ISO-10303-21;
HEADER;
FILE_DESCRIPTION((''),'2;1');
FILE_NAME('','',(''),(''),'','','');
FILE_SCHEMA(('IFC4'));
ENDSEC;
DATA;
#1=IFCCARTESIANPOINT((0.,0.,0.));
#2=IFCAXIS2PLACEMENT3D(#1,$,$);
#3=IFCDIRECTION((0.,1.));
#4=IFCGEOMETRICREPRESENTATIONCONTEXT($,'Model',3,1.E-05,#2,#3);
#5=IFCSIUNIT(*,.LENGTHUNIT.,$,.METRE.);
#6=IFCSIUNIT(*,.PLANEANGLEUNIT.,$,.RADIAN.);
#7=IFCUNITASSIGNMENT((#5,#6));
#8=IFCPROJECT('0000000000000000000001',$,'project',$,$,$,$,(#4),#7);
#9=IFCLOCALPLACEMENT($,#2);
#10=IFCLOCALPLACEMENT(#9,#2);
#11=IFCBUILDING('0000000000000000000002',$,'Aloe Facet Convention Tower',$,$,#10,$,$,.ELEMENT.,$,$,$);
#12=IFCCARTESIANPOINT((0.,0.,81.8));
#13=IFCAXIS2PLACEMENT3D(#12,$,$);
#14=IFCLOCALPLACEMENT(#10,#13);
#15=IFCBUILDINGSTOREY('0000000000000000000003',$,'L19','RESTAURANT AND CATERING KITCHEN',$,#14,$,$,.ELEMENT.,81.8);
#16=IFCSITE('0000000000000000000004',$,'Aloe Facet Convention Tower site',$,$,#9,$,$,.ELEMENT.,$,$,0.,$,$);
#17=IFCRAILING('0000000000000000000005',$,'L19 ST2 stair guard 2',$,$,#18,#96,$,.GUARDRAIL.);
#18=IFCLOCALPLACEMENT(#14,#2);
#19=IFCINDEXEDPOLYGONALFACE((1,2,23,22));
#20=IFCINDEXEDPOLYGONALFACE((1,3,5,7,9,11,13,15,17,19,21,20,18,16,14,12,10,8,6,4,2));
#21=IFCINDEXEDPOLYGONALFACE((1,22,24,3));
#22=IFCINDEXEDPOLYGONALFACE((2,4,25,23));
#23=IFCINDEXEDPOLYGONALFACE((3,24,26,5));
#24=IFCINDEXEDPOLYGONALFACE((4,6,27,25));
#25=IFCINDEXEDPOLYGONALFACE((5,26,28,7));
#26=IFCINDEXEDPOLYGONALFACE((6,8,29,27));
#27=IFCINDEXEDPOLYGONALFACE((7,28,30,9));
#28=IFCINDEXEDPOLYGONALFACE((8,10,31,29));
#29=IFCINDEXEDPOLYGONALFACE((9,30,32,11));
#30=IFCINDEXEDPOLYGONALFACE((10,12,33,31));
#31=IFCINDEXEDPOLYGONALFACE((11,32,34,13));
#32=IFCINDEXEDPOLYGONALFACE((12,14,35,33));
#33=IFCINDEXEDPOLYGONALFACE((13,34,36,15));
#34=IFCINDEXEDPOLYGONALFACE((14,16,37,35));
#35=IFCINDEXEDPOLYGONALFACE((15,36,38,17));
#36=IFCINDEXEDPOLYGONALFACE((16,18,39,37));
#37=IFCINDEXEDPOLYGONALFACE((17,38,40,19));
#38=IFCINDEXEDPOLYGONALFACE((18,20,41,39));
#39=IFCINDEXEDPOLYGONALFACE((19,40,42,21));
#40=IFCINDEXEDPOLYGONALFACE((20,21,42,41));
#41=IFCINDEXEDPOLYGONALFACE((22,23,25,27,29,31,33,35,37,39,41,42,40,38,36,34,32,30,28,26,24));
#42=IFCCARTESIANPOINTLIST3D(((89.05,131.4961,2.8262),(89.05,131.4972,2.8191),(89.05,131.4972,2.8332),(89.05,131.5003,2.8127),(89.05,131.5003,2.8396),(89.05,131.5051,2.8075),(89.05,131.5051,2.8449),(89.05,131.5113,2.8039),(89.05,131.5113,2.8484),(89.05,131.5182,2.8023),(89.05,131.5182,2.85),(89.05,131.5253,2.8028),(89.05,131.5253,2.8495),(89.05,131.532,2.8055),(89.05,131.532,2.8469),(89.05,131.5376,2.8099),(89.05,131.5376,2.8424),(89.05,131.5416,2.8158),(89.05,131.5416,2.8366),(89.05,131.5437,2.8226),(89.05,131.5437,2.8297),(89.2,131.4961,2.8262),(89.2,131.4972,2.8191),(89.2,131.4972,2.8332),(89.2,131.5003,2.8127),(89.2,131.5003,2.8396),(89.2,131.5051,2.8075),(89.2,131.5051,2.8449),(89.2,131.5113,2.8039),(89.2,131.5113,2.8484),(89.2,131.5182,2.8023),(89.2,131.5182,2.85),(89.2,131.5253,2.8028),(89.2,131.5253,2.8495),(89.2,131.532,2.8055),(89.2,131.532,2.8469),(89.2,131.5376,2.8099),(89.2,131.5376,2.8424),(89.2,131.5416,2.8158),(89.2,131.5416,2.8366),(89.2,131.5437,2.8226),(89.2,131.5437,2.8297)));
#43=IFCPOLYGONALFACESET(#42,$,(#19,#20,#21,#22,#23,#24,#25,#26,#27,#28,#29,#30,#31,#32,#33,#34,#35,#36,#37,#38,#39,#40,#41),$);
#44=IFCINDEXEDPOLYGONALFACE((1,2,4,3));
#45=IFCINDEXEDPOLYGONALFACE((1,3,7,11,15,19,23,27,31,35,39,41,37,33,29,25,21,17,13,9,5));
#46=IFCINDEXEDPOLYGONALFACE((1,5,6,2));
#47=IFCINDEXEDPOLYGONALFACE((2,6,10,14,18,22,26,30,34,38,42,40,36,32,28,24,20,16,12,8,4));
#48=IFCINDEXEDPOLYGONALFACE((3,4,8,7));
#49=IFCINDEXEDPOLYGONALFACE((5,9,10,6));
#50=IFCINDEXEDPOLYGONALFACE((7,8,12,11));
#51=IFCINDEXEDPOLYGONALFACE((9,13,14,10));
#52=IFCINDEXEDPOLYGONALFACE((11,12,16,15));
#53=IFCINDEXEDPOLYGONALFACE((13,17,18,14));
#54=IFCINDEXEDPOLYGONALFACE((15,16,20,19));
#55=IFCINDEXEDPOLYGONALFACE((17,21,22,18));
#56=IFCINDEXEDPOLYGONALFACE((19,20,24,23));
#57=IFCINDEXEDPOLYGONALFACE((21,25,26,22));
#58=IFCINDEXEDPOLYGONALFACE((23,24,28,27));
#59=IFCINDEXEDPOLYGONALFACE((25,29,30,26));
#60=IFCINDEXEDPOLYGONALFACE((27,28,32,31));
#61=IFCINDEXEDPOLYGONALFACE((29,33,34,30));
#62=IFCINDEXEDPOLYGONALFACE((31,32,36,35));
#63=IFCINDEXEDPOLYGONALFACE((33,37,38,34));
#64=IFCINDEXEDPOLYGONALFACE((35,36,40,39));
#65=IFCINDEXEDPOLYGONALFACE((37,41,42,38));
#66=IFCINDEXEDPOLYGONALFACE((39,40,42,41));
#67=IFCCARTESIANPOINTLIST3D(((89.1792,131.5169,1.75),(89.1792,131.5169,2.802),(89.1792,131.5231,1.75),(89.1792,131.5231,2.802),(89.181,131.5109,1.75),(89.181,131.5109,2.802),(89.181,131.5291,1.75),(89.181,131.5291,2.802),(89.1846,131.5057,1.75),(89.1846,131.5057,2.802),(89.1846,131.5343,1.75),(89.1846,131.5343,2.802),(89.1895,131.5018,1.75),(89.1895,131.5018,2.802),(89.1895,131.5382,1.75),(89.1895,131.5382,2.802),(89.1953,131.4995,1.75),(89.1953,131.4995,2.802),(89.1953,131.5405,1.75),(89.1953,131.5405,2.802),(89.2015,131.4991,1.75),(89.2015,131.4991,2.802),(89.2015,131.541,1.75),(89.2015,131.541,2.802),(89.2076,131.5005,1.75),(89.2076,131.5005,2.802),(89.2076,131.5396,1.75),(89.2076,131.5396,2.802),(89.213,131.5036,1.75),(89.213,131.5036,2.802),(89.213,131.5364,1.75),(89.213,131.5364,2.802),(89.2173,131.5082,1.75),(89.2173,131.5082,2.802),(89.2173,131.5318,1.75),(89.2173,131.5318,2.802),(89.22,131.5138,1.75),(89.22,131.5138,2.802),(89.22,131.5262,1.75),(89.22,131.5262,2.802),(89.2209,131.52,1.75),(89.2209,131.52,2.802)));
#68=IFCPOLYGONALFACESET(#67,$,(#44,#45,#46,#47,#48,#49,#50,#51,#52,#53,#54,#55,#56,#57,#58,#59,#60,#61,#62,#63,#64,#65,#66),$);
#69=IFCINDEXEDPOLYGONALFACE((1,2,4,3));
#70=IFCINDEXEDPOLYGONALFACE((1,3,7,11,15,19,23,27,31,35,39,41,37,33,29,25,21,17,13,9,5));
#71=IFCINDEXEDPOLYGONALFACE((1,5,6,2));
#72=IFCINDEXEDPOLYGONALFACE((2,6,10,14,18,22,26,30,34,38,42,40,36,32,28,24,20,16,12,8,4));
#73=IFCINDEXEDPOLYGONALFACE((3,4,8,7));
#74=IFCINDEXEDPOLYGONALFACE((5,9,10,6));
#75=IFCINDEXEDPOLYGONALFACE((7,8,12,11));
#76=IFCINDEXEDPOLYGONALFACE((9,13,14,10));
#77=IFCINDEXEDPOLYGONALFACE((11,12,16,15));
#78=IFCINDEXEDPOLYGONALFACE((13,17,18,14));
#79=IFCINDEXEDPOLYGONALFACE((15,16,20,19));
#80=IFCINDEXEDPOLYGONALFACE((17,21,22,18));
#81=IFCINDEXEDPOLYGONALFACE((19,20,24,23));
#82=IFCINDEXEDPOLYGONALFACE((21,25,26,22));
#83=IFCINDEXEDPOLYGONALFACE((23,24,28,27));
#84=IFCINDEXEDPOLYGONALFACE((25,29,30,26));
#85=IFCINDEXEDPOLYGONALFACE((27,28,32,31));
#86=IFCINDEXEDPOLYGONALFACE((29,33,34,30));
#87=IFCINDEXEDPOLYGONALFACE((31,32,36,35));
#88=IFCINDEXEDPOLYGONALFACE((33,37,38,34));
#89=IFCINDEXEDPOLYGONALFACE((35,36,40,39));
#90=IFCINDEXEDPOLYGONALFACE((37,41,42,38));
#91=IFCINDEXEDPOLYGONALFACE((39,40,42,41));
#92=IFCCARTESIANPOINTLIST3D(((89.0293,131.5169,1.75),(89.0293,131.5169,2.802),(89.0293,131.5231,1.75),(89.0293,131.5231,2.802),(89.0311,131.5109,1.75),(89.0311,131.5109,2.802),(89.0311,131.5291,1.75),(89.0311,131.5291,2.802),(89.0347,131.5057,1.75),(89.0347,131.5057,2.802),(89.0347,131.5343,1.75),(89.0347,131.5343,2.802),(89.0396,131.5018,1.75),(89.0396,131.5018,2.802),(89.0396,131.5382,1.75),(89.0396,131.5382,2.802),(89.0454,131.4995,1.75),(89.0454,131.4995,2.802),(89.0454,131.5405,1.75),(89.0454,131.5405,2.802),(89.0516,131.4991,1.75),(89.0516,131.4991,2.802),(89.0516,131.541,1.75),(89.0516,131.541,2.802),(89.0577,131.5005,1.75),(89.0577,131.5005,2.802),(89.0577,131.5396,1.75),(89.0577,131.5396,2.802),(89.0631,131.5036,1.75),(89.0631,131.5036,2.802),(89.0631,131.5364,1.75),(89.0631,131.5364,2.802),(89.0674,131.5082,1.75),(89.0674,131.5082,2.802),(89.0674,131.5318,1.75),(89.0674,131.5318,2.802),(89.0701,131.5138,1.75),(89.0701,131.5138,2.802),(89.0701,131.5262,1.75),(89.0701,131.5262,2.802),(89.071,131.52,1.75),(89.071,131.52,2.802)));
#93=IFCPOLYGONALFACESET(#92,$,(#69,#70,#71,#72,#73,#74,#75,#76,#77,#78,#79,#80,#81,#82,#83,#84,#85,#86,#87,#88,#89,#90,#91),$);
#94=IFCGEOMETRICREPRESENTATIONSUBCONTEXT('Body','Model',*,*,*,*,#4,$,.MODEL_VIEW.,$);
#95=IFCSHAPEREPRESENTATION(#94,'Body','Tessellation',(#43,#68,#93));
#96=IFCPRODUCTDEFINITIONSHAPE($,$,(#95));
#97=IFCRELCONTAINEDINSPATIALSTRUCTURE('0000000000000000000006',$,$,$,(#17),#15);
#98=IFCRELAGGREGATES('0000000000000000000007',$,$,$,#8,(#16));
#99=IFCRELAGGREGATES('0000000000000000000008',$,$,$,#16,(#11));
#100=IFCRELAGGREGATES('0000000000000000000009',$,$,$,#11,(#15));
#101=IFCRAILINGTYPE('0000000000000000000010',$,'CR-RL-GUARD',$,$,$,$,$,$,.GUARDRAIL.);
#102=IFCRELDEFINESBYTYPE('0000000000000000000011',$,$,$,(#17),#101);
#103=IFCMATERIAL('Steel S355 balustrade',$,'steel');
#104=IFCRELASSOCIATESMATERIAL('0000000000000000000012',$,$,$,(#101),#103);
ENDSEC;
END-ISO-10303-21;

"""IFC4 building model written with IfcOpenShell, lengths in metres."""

from ifc_helpers import new_model, si_unit, direction, frame, origin, origin_2d, place, context, subcontext, project, spatial, circle, extrude, material, type_object, element, save


model = new_model("IFC4")

# Units and contexts
model_context = context("Model", 3, precision=1e-05, world=origin(), true_north=direction((0.0, 1.0)))
body_context = subcontext(model_context, "Body", "Model", "MODEL_VIEW")
ifc_project = project(units=[si_unit("LENGTHUNIT", "METRE"), si_unit("PLANEANGLEUNIT", "RADIAN")], contexts=[model_context])

# Site, building, storey
site_placement = place(None, origin())
site = spatial("IfcSite", under=ifc_project, at=site_placement, Name="Aloe Facet Convention Tower site", CompositionType="ELEMENT", RefElevation=0.0)
building_placement = place(site_placement, origin())
building = spatial("IfcBuilding", under=site, at=building_placement, Name="Aloe Facet Convention Tower", CompositionType="ELEMENT")
storey_placement = place(building_placement, frame((0.0, 0.0, 81.8)))
storey = spatial("IfcBuildingStorey", under=building, at=storey_placement, Name="L19", Description="RESTAURANT AND CATERING KITCHEN", CompositionType="ELEMENT", Elevation=81.8)

# Railing
ifc_material_1 = material(Name="Steel S355 balustrade", Category="steel")
railing_type_1 = type_object("IfcRailingType", Name="CR-RL-GUARD", PredefinedType="GUARDRAIL", material=ifc_material_1)
railing_1_placement = place(storey_placement, frame((89.2, 131.52, 1.75)))
element("IfcRailing", 1, at=railing_1_placement, inside=storey, type_object=railing_type_1, Name="L19 ST2 stair guard 2", PredefinedType="GUARDRAIL", context=body_context, shape_type="SweptSolid", body=[
    extrude(circle(Radius=0.0239, at=origin_2d()), frame((0.0, 0.0, 1.0762), z_axis=(-1.0, 0.0, 0.0), x_axis=(0.0, -1.0, 0.0)), (0.0, 0.0, 1.0), 0.1499),
    extrude(circle(Radius=0.021, at=origin_2d()), origin(), (0.0, 0.0, 1.0), 1.052),
    extrude(circle(Radius=0.021, at=origin_2d()), frame((-0.1499, 0.0, 0.0)), (0.0, 0.0, 1.0), 1.052),
])

save(model, "model.ifc")
